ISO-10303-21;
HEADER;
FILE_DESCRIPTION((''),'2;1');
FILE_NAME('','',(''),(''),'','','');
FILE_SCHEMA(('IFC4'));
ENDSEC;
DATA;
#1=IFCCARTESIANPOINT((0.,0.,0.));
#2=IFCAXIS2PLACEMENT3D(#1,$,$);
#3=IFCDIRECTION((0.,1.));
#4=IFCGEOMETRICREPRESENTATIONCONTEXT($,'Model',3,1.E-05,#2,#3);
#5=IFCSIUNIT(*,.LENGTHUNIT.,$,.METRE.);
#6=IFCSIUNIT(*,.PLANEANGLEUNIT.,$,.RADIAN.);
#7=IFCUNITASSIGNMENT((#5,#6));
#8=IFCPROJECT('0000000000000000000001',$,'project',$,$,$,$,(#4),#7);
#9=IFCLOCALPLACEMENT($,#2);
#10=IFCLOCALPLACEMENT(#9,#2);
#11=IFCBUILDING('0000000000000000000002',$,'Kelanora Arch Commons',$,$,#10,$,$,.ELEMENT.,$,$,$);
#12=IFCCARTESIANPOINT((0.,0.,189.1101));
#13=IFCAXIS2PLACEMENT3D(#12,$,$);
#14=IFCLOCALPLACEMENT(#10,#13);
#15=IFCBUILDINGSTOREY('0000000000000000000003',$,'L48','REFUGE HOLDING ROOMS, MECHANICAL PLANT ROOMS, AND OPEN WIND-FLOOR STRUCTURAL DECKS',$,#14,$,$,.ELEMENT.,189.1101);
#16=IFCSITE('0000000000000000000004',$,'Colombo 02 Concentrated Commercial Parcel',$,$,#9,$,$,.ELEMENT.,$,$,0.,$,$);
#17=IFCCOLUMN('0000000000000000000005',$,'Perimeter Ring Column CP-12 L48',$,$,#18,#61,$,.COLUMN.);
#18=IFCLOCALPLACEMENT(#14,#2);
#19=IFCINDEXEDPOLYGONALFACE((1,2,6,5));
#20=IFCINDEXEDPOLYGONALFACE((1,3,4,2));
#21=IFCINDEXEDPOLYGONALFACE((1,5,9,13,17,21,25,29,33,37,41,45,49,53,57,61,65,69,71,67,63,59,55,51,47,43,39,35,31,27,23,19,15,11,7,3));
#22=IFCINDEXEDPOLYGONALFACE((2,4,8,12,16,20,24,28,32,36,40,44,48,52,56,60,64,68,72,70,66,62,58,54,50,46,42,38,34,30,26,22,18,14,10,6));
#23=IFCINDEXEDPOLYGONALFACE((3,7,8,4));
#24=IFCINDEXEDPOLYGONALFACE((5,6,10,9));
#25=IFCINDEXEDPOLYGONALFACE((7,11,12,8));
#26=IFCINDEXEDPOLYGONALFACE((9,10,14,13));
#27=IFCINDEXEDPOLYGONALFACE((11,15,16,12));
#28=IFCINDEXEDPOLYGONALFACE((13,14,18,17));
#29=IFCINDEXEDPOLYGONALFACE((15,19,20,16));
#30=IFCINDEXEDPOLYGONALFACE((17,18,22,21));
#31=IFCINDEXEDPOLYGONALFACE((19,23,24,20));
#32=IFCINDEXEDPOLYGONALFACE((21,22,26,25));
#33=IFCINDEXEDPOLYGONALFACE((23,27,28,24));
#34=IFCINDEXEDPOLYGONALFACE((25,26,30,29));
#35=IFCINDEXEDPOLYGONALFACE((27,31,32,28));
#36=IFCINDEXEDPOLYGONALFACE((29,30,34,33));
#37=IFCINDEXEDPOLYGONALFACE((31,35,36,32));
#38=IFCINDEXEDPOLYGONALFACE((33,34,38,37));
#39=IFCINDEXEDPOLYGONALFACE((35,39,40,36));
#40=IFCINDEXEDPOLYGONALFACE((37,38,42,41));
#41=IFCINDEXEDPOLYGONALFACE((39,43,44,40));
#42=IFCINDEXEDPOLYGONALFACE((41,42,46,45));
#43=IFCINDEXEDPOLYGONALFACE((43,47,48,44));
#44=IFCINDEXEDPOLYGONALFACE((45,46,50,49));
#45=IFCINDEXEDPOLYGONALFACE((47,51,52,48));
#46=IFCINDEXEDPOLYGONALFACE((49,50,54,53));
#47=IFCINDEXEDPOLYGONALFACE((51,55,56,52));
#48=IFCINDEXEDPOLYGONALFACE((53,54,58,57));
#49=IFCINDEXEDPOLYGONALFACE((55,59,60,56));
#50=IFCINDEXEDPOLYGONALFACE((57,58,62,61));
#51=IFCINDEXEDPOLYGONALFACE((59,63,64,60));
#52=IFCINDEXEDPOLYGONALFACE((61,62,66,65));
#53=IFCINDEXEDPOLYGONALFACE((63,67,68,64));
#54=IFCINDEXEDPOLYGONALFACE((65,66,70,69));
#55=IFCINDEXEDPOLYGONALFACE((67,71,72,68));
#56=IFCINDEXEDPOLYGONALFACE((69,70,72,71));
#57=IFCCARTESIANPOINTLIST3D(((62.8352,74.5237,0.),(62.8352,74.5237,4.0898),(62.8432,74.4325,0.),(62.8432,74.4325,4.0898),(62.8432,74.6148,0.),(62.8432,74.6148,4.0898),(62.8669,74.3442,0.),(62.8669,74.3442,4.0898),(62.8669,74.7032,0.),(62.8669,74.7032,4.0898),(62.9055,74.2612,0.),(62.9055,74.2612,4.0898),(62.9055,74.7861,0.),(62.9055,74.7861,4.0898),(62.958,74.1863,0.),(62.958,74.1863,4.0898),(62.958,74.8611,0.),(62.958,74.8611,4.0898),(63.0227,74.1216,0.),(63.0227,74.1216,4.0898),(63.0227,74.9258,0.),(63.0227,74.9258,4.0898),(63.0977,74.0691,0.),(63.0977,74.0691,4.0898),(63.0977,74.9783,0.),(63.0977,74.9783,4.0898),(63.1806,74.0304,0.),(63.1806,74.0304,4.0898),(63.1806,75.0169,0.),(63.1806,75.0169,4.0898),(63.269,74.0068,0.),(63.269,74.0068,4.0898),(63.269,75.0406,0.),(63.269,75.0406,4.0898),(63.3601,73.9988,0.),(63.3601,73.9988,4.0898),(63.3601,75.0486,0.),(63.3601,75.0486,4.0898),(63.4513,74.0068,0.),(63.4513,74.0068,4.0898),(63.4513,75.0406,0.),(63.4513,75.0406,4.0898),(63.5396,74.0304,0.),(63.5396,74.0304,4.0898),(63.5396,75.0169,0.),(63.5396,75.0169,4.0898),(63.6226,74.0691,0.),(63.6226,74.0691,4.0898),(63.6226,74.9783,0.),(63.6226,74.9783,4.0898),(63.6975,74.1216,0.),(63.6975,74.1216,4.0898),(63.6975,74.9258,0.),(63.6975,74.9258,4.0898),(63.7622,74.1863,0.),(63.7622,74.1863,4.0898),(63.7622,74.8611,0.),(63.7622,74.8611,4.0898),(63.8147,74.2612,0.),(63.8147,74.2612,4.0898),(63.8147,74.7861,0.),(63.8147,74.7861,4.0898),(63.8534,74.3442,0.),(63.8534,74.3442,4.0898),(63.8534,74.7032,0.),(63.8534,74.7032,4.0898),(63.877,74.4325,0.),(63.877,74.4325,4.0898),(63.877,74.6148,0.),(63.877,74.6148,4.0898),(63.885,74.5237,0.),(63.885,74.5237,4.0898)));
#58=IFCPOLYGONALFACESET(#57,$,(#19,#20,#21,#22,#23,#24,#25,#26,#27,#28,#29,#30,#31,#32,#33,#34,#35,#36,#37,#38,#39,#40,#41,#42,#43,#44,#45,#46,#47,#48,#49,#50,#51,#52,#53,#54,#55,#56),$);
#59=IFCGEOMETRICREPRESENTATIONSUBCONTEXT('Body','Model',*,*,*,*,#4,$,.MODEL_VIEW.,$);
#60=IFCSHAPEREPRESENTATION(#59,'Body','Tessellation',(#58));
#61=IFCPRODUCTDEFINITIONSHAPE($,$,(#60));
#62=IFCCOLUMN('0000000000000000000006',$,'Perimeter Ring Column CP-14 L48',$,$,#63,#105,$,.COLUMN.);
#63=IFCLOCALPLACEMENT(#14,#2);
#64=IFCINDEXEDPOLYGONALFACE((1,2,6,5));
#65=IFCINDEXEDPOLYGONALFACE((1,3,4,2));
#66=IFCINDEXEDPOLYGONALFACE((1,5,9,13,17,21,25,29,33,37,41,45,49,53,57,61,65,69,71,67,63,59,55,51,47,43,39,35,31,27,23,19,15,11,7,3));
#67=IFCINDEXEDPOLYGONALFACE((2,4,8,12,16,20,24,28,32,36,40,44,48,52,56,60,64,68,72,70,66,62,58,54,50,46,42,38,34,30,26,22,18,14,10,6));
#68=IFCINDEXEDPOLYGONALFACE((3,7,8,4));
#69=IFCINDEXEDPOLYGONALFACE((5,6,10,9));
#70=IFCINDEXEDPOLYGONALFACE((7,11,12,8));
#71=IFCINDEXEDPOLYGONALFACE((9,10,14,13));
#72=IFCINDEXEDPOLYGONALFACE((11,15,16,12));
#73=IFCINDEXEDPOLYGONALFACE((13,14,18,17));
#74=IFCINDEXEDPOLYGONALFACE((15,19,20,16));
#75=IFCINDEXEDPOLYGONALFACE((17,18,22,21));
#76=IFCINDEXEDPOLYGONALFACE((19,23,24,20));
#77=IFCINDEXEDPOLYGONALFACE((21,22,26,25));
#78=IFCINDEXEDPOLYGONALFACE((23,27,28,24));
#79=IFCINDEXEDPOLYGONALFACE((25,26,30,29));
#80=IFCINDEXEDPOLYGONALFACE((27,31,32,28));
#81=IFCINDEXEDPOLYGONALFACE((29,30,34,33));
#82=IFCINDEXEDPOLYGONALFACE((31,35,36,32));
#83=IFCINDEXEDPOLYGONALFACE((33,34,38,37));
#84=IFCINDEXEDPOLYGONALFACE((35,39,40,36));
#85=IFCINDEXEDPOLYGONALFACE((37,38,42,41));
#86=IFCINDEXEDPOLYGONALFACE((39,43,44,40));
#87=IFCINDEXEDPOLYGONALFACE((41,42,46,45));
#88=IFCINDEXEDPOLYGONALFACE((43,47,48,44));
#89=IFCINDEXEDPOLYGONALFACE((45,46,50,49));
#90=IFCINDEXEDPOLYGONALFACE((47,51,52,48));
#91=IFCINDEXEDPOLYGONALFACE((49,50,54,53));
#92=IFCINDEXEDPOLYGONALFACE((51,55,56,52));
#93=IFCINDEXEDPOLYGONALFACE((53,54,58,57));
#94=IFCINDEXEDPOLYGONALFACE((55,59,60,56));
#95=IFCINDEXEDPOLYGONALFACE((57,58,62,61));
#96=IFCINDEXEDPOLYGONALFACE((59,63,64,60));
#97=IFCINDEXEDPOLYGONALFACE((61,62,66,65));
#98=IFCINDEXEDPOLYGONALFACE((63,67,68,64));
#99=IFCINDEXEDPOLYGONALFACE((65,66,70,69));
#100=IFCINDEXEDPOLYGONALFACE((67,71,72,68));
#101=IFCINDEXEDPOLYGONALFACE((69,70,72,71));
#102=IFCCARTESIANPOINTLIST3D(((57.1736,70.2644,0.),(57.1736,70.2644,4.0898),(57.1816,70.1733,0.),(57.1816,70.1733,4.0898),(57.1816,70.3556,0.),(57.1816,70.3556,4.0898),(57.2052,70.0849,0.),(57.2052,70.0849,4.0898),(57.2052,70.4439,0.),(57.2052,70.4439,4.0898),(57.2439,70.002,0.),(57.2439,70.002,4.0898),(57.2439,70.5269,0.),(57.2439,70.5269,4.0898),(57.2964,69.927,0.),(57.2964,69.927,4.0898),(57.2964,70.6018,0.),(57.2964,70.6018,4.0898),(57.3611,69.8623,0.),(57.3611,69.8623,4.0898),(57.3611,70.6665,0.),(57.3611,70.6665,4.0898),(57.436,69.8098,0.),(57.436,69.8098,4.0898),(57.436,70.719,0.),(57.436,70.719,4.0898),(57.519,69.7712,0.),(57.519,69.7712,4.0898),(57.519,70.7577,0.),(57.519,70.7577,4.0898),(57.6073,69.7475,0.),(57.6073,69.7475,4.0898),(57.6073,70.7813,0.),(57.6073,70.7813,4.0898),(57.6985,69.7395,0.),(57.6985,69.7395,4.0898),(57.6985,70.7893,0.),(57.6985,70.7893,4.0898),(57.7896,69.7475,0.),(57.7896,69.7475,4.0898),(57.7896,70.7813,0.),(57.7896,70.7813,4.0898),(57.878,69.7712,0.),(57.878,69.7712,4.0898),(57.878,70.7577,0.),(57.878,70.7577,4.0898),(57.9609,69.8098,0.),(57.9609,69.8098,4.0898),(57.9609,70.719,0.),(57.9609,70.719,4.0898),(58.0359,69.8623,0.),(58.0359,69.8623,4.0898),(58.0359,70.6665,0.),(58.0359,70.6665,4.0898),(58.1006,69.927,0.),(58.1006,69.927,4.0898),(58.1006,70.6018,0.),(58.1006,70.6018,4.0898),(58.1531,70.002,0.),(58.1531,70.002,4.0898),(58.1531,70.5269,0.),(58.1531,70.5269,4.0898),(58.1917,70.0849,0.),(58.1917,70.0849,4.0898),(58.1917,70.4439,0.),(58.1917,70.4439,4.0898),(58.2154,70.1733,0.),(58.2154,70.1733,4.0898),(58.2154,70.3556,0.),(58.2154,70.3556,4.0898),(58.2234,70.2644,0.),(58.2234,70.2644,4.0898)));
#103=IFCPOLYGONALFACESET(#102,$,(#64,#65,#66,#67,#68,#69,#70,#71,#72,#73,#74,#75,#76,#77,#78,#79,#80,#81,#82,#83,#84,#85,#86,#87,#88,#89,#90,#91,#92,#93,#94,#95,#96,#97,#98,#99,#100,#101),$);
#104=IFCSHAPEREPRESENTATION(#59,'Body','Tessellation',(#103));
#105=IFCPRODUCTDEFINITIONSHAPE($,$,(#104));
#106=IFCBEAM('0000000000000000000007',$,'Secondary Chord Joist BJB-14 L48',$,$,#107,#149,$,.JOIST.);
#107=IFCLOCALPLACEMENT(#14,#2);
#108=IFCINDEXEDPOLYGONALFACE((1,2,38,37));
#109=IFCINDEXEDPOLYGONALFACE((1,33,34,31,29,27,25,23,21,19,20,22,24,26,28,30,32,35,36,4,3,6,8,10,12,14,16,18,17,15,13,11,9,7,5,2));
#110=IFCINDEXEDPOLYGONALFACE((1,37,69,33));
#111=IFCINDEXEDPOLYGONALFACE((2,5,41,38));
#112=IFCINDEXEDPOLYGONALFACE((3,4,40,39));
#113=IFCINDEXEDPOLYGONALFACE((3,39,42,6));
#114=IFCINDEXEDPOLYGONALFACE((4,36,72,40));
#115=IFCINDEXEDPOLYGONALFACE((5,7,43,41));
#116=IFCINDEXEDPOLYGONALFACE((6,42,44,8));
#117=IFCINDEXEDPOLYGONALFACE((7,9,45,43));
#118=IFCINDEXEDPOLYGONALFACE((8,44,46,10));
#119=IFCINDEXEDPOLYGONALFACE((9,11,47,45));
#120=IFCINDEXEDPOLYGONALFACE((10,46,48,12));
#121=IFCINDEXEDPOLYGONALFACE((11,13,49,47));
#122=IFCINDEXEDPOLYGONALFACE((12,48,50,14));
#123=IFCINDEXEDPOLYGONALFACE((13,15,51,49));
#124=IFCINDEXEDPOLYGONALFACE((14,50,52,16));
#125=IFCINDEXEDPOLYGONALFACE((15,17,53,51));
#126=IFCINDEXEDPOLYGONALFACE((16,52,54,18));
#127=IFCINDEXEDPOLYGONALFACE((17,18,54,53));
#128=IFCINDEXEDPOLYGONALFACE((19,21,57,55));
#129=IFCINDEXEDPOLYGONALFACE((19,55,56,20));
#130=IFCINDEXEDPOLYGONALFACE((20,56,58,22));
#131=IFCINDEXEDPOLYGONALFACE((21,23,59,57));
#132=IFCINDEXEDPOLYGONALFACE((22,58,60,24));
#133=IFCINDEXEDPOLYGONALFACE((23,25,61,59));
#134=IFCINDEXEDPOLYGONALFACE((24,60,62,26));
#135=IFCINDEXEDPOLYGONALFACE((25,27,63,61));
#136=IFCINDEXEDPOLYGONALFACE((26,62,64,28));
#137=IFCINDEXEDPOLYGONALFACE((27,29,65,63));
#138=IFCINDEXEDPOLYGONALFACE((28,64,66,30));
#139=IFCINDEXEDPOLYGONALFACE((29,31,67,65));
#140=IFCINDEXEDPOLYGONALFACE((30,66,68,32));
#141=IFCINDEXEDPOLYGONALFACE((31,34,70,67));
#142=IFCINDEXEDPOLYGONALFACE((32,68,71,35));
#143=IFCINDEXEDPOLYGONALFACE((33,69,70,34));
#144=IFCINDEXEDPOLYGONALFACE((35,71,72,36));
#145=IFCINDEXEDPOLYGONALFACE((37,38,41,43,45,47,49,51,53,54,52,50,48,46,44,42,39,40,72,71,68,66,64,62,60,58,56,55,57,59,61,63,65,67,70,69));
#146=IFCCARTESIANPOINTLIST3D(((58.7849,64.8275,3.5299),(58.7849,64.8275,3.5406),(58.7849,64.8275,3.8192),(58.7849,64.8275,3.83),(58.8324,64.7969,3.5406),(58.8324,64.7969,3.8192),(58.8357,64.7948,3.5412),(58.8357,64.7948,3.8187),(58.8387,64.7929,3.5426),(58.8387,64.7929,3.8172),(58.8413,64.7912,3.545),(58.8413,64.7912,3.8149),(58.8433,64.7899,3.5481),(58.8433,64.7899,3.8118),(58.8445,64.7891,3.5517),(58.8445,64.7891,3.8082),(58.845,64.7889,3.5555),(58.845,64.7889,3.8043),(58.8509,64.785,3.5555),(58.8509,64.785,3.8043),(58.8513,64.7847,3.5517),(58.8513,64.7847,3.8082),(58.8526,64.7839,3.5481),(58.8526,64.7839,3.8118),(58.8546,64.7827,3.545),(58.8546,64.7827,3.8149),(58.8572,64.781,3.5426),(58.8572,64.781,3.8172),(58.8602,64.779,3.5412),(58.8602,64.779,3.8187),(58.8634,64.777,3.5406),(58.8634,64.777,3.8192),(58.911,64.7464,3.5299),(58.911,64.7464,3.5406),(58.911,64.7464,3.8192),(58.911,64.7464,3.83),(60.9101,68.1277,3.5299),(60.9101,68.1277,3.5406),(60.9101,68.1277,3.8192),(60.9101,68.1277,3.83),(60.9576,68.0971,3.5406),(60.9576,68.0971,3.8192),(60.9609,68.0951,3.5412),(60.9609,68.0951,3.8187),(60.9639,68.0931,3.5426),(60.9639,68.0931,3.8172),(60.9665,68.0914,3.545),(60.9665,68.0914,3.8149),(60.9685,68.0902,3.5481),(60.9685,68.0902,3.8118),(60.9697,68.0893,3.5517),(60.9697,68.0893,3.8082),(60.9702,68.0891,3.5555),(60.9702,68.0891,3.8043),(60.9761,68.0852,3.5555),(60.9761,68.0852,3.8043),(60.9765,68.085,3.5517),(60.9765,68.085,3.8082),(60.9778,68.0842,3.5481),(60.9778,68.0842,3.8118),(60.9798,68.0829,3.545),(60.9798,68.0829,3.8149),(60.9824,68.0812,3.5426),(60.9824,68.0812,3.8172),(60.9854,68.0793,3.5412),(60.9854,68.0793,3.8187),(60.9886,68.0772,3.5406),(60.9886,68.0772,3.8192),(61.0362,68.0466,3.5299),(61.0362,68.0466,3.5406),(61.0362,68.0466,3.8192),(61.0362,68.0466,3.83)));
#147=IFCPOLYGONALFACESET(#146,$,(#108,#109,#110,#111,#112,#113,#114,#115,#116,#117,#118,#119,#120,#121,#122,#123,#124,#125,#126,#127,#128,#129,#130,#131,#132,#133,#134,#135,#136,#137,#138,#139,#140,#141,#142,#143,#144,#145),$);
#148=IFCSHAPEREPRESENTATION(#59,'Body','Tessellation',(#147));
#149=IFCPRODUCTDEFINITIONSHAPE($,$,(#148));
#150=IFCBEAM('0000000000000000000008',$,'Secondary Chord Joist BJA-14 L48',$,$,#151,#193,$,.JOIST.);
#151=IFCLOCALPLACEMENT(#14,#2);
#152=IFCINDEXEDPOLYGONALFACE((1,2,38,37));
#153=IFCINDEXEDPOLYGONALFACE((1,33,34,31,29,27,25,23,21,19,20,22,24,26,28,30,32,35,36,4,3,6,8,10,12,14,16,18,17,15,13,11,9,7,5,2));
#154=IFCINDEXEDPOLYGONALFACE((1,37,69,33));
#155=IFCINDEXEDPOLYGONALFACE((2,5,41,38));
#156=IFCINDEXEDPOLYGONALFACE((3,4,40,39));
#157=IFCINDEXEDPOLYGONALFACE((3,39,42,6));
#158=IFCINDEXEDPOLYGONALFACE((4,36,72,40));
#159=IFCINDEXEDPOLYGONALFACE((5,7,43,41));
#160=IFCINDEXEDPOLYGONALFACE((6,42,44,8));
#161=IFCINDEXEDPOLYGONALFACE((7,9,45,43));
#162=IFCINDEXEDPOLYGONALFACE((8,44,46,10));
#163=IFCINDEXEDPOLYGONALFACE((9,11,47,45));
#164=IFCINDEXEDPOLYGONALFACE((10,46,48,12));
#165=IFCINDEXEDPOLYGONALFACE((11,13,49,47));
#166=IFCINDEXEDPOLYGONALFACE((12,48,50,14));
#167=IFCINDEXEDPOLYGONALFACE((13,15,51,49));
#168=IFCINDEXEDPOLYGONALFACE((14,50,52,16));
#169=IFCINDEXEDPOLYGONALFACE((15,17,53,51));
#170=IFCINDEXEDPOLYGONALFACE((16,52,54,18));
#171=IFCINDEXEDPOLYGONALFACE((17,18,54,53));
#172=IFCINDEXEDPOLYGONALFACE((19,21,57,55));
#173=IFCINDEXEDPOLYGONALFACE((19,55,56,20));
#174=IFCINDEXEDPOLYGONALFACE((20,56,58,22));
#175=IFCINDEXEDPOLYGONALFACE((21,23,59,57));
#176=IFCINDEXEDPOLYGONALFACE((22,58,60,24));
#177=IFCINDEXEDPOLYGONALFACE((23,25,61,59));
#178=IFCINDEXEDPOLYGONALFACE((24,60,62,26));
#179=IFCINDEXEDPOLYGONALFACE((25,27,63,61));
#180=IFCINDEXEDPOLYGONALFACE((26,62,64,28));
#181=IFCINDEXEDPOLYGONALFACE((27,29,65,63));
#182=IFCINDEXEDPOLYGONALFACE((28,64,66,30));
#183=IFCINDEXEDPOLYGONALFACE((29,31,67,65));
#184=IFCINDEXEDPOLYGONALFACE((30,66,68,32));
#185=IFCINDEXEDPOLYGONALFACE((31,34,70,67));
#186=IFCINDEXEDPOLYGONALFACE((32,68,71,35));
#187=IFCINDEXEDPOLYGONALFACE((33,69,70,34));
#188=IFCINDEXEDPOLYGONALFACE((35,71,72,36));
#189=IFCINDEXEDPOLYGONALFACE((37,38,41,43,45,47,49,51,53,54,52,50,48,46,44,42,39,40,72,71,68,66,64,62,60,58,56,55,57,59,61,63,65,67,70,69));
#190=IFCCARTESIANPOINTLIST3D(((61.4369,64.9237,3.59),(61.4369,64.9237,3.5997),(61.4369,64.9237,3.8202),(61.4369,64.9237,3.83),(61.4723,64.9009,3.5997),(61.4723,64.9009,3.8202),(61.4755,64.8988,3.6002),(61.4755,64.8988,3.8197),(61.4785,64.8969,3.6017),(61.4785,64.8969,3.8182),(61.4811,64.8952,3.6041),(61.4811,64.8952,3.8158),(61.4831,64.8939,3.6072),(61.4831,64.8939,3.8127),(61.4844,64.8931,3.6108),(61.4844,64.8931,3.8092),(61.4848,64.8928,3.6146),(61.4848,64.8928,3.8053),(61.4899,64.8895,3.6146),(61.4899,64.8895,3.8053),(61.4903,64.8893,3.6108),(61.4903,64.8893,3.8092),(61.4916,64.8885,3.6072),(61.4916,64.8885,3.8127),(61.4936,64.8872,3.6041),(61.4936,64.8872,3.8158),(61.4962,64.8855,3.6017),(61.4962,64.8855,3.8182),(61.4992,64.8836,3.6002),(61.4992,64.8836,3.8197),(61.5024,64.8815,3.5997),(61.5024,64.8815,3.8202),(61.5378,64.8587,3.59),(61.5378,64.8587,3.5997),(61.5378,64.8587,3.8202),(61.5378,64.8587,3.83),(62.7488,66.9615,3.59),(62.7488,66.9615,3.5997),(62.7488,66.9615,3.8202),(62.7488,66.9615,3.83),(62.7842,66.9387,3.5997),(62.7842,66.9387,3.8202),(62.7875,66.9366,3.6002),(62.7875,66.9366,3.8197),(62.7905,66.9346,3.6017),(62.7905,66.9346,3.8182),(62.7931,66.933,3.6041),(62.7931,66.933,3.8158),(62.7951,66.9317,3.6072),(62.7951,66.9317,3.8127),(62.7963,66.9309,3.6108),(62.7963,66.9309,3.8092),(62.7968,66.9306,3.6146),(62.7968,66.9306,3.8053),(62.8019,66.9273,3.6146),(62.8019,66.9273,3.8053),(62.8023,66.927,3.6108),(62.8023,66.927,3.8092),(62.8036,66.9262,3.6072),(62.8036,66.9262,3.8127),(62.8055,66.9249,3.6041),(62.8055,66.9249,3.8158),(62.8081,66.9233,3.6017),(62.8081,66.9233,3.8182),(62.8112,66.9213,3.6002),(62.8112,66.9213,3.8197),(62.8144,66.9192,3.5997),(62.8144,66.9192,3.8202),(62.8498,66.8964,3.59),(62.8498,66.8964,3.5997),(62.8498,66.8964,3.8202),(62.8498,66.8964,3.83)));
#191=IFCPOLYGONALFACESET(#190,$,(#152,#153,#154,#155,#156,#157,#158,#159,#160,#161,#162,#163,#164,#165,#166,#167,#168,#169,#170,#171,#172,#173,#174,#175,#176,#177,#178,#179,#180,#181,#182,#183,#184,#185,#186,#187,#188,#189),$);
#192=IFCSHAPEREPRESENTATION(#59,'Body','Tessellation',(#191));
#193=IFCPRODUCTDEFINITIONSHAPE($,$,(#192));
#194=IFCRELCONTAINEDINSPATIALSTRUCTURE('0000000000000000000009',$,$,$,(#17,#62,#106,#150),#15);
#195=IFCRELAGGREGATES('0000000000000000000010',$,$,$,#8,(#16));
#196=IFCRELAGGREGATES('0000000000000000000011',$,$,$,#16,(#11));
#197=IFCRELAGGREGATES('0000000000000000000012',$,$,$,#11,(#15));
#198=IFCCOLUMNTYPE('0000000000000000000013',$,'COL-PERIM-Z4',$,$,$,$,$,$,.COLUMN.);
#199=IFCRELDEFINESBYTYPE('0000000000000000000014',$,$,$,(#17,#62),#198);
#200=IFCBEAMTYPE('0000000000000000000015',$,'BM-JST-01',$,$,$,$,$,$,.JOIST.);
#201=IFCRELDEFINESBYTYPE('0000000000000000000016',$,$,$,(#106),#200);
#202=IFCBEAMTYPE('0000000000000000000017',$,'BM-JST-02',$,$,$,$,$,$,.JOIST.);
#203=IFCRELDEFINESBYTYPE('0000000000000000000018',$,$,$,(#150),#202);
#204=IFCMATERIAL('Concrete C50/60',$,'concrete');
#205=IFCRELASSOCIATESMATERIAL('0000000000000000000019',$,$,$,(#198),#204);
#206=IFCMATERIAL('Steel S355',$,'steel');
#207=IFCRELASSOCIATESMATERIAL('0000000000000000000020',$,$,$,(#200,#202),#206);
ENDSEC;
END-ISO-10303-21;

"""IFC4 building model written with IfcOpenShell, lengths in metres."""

from ifc_helpers import new_model, si_unit, direction, frame, origin, origin_2d, place, context, subcontext, project, spatial, circle, i_section, extrude, material, material_profile, profile_set, type_object, element, save


model = new_model("IFC4")

# Units and contexts
model_context = context("Model", 3, precision=1e-05, world=origin(), true_north=direction((0.0, 1.0)))
body_context = subcontext(model_context, "Body", "Model", "MODEL_VIEW")
ifc_project = project(units=[si_unit("LENGTHUNIT", "METRE"), si_unit("PLANEANGLEUNIT", "RADIAN")], contexts=[model_context])

# Site, building, storey
site_placement = place(None, origin())
site = spatial("IfcSite", under=ifc_project, at=site_placement, Name="Colombo 02 Concentrated Commercial Parcel", CompositionType="ELEMENT", RefElevation=0.0)
building_placement = place(site_placement, origin())
building = spatial("IfcBuilding", under=site, at=building_placement, Name="Kelanora Arch Commons", CompositionType="ELEMENT")
storey_placement = place(building_placement, frame((0.0, 0.0, 189.1101)))
storey = spatial("IfcBuildingStorey", under=building, at=storey_placement, Name="L48", Description="REFUGE HOLDING ROOMS, MECHANICAL PLANT ROOMS, AND OPEN WIND-FLOOR STRUCTURAL DECKS", CompositionType="ELEMENT", Elevation=189.1101)

# Columns
ifc_material_1 = material(Name="Concrete C50/60", Category="concrete")
ifc_material_profile_1 = material_profile(ifc_material_1, circle(Radius=0.5249, at=origin_2d()), Name="RCC1050")
ifc_profile_set_1 = profile_set([ifc_material_profile_1], Name="Concrete C50/60")
column_type = type_object("IfcColumnType", Name="COL-PERIM-Z4", PredefinedType="COLUMN", material=ifc_profile_set_1)
for number, where, z_axis, x_axis, name in (
    (1, (63.3601, 74.5237, 0.0), (0.0, 0.0, 1.0), (1.0, 0.0, 0.0), "Perimeter Ring Column CP-12 L48"),
    (2, (57.6985, 70.2644, 0.0), (0.0, 0.0, 1.0), (1.0, 0.0, 0.0), "Perimeter Ring Column CP-14 L48"),
):
    element("IfcColumn", number, at=place(storey_placement, frame(where, z_axis=z_axis, x_axis=x_axis)), inside=storey, type_object=column_type, Name=name, PredefinedType="COLUMN", context=body_context, shape_type="SweptSolid", body=[
        extrude(circle(Radius=0.5249, at=origin_2d()), origin(), (0.0, 0.0, 1.0), 4.0898),
    ])

# Beams
ifc_material_2 = material(Name="Steel S355", Category="steel")
ifc_material_profile_2 = material_profile(ifc_material_2, i_section(OverallWidth=0.1499, OverallDepth=0.3, WebThickness=0.0071, FlangeThickness=0.0107, FilletRadius=0.0149, at=origin_2d()), Name="IPE300")
ifc_profile_set_2 = profile_set([ifc_material_profile_2], Name="Steel S355")
beam_type_1 = type_object("IfcBeamType", Name="BM-JST-01", PredefinedType="JOIST", material=ifc_profile_set_2)
beam_1_placement = place(storey_placement, frame((60.9731, 68.0872, 3.6799), z_axis=(-0.541411, -0.840758, 0.0), x_axis=(0.840758, -0.541411, 0.0)))
element("IfcBeam", 3, at=beam_1_placement, inside=storey, type_object=beam_type_1, Name="Secondary Chord Joist BJB-14 L48", PredefinedType="JOIST", context=body_context, shape_type="SweptSolid", body=[
    extrude(i_section(OverallWidth=0.1499, OverallDepth=0.3, WebThickness=0.0071, FlangeThickness=0.0107, FilletRadius=0.0149, at=origin_2d()), origin(), (0.0, 0.0, 1.0), 3.9253),
])
ifc_material_profile_3 = material_profile(ifc_material_2, i_section(OverallWidth=0.1201, OverallDepth=0.24, WebThickness=0.0061, FlangeThickness=0.0098, FilletRadius=0.0149, at=origin_2d()), Name="IPE240")
ifc_profile_set_3 = profile_set([ifc_material_profile_3], Name="Steel S355")
beam_type_2 = type_object("IfcBeamType", Name="BM-JST-02", PredefinedType="JOIST", material=ifc_profile_set_3)
beam_2_placement = place(storey_placement, frame((62.7993, 66.929, 3.71), z_axis=(-0.541333, -0.840808, 0.0), x_axis=(0.840808, -0.541333, 0.0)))
element("IfcBeam", 4, at=beam_2_placement, inside=storey, type_object=beam_type_2, Name="Secondary Chord Joist BJA-14 L48", PredefinedType="JOIST", context=body_context, shape_type="SweptSolid", body=[
    extrude(i_section(OverallWidth=0.1201, OverallDepth=0.24, WebThickness=0.0061, FlangeThickness=0.0098, FilletRadius=0.0149, at=origin_2d()), origin(), (0.0, 0.0, 1.0), 2.4236),
])

save(model, "model.ifc")
